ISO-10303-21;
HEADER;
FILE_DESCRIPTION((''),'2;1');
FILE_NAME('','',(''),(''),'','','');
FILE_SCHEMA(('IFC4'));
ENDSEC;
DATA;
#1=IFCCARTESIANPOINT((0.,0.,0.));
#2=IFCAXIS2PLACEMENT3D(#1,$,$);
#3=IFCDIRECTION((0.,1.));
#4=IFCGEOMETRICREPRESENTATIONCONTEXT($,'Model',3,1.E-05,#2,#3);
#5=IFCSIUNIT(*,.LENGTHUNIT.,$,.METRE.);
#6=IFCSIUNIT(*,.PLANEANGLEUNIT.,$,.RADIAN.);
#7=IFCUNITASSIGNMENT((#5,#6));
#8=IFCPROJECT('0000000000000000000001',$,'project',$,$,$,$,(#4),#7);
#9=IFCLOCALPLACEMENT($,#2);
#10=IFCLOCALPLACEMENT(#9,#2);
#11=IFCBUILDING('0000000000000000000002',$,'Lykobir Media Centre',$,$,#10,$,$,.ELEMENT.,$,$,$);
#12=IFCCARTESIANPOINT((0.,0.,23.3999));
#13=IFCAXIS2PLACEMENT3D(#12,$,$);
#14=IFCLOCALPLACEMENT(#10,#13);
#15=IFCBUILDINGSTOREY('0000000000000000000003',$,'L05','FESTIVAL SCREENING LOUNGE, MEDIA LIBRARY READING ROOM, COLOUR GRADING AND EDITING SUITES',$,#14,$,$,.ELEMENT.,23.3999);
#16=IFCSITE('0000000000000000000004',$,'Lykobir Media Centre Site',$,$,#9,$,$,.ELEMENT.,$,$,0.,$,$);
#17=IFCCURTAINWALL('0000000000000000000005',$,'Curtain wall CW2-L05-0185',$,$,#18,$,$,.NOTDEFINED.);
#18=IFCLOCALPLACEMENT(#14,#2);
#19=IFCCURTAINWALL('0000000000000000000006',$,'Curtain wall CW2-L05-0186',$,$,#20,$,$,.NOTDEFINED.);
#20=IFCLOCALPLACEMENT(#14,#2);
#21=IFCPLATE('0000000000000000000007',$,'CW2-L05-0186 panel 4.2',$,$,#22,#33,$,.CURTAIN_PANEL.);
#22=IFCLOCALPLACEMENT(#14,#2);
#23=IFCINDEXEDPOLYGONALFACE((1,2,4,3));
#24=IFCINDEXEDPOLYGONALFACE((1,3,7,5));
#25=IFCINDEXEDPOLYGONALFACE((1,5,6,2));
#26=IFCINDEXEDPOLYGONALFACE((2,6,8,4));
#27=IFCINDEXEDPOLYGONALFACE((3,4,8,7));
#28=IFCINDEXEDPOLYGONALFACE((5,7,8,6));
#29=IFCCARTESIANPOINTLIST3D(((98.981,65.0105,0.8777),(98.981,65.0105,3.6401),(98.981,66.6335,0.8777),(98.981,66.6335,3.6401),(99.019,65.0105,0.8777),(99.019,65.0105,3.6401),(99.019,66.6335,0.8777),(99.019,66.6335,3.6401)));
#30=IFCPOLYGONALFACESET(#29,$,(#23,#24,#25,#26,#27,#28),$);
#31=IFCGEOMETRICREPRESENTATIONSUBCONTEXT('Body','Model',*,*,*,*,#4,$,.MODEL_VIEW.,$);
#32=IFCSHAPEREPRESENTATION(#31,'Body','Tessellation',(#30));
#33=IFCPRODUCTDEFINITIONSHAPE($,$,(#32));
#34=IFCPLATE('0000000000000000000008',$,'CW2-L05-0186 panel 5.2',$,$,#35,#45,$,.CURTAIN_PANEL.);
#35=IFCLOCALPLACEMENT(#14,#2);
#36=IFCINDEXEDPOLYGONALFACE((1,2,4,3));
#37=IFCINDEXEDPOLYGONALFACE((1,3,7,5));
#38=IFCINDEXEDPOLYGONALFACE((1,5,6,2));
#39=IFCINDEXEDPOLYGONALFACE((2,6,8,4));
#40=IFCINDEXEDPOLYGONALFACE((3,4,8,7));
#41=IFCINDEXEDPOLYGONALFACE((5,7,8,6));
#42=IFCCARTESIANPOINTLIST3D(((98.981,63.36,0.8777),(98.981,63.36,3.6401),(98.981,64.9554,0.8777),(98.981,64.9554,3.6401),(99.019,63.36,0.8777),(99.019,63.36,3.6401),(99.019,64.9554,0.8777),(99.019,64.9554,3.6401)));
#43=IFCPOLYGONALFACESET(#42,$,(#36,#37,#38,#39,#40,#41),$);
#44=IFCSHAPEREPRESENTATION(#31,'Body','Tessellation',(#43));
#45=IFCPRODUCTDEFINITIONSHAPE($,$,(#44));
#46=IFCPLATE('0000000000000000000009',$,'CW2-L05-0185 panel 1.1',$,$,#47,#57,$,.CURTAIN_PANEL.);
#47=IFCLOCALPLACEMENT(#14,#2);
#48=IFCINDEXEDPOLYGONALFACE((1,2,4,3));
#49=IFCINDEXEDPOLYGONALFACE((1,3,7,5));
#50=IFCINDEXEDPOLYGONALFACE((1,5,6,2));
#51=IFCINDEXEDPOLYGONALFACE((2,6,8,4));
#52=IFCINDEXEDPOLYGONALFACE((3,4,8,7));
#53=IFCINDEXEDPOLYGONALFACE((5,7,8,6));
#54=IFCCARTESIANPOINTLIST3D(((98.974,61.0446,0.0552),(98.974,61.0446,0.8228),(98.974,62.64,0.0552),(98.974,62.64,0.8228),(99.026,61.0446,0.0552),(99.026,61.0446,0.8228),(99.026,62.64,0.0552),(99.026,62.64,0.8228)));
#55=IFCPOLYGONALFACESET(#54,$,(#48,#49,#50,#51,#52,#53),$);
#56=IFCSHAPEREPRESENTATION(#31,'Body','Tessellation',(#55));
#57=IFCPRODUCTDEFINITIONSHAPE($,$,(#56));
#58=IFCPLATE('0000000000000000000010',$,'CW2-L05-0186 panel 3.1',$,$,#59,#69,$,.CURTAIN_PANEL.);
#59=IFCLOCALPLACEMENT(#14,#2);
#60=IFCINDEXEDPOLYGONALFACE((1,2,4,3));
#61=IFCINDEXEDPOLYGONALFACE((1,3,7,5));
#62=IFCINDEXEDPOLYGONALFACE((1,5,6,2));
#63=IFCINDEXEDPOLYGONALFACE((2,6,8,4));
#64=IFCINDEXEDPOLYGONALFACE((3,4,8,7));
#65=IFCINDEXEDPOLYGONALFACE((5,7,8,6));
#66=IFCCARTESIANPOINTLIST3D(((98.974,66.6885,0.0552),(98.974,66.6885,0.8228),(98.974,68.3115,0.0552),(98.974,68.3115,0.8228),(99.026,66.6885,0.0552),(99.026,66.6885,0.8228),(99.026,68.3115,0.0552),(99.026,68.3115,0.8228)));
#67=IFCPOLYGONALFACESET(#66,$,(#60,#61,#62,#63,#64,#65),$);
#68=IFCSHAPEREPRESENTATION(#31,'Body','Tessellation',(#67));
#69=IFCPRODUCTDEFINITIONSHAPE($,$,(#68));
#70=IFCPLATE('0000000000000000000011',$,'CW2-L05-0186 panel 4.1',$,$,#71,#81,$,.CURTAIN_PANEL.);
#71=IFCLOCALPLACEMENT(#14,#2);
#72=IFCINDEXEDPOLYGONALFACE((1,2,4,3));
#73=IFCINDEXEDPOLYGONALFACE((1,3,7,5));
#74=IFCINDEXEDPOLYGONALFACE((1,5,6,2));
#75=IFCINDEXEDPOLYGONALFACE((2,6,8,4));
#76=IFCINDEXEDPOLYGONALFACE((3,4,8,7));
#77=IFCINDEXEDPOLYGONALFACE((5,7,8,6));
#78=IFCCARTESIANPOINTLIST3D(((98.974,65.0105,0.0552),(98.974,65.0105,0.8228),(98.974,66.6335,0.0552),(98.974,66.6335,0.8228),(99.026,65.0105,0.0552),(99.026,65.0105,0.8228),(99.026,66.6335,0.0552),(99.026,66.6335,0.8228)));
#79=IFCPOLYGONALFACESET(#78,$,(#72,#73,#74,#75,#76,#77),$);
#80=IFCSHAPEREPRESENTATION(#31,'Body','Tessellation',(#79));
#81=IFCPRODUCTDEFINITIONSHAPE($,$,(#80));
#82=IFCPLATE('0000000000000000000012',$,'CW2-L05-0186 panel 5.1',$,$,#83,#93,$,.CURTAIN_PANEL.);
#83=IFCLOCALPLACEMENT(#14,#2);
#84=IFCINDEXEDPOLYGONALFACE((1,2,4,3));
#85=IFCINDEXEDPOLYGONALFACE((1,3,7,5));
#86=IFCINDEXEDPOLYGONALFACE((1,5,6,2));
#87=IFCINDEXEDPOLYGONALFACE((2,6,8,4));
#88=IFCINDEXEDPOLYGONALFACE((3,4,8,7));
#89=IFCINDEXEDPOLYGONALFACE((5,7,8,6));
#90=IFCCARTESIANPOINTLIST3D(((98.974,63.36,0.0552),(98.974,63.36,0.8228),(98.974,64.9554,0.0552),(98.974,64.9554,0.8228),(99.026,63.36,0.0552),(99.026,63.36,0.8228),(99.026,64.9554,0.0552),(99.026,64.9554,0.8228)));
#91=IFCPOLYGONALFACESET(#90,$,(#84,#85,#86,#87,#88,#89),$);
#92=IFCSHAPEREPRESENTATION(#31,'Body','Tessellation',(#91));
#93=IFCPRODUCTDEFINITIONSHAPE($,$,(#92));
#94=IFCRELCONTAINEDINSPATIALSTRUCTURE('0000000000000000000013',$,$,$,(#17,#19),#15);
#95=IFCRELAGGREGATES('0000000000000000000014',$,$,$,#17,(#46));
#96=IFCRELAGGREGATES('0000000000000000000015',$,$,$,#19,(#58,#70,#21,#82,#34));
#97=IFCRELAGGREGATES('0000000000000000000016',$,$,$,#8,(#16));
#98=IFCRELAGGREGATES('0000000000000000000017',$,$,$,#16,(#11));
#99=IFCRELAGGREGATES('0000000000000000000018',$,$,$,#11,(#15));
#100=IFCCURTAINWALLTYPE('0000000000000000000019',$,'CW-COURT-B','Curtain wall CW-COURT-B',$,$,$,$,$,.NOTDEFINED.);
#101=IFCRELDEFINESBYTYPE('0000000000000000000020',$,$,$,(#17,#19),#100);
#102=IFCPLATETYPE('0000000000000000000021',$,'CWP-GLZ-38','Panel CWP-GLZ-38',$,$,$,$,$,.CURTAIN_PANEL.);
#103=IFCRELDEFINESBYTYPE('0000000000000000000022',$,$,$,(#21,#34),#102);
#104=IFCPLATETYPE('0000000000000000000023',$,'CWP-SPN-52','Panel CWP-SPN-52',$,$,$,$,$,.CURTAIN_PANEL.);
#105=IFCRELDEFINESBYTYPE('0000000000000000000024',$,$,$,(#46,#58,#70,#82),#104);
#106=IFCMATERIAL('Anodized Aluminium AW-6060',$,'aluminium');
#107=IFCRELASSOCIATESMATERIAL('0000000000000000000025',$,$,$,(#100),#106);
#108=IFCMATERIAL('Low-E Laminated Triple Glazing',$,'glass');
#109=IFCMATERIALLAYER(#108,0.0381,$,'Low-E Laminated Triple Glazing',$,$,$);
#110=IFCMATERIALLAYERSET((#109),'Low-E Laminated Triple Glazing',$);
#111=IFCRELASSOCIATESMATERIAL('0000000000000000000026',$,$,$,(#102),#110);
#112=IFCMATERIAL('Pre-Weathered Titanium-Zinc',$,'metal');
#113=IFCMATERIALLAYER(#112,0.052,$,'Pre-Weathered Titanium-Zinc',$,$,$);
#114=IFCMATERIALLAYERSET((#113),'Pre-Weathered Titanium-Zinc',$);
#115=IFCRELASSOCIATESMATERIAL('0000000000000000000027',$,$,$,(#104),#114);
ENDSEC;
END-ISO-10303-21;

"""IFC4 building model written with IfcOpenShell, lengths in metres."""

from ifc_helpers import new_model, si_unit, direction, frame, origin, origin_2d, place, context, subcontext, project, spatial, rectangle, extrude, material, layer, layer_set, type_object, element, aggregate, save


model = new_model("IFC4")

# Units and contexts
model_context = context("Model", 3, precision=1e-05, world=origin(), true_north=direction((0.0, 1.0)))
body_context = subcontext(model_context, "Body", "Model", "MODEL_VIEW")
ifc_project = project(units=[si_unit("LENGTHUNIT", "METRE"), si_unit("PLANEANGLEUNIT", "RADIAN")], contexts=[model_context])

# Site, building, storey
site_placement = place(None, origin())
site = spatial("IfcSite", under=ifc_project, at=site_placement, Name="Lykobir Media Centre Site", CompositionType="ELEMENT", RefElevation=0.0)
building_placement = place(site_placement, origin())
building = spatial("IfcBuilding", under=site, at=building_placement, Name="Lykobir Media Centre", CompositionType="ELEMENT")
storey_placement = place(building_placement, frame((0.0, 0.0, 23.3999)))
storey = spatial("IfcBuildingStorey", under=building, at=storey_placement, Name="L05", Description="FESTIVAL SCREENING LOUNGE, MEDIA LIBRARY READING ROOM, COLOUR GRADING AND EDITING SUITES", CompositionType="ELEMENT", Elevation=23.3999)

# Curtain walls
ifc_material_1 = material(Name="Anodized Aluminium AW-6060", Category="aluminium")
curtain_wall_type = type_object("IfcCurtainWallType", Name="CW-COURT-B", Description="Curtain wall CW-COURT-B", PredefinedType="NOTDEFINED", material=ifc_material_1)
curtain_wall_1_placement = place(storey_placement, origin())
curtain_wall_1 = element("IfcCurtainWall", 1, at=curtain_wall_1_placement, inside=storey, type_object=curtain_wall_type, Name="Curtain wall CW2-L05-0185", PredefinedType="NOTDEFINED")
curtain_wall_2_placement = place(storey_placement, origin())
curtain_wall_2 = element("IfcCurtainWall", 2, at=curtain_wall_2_placement, inside=storey, type_object=curtain_wall_type, Name="Curtain wall CW2-L05-0186", PredefinedType="NOTDEFINED")

# Plates
ifc_material_2 = material(Name="Low-E Laminated Triple Glazing", Category="glass")
ifc_layer_1 = layer(ifc_material_2, 0.0381, Name="Low-E Laminated Triple Glazing")
ifc_layer_set_1 = layer_set([ifc_layer_1], Name="Low-E Laminated Triple Glazing")
plate_type_1 = type_object("IfcPlateType", Name="CWP-GLZ-38", Description="Panel CWP-GLZ-38", PredefinedType="CURTAIN_PANEL", material=ifc_layer_set_1)
plate_1_placement = place(storey_placement, frame((99.0, 65.822, 0.8777), z_axis=(0.0, 0.0, 1.0), x_axis=(0.0, -1.0, 0.0)))
plate_1 = element("IfcPlate", 3, at=plate_1_placement, type_object=plate_type_1, Name="CW2-L05-0186 panel 4.2", PredefinedType="CURTAIN_PANEL", context=body_context, shape_type="SweptSolid", body=[
    extrude(rectangle(XDim=1.623, YDim=0.0381, at=origin_2d()), origin(), (0.0, 0.0, 1.0), 2.7625),
])
plate_2_placement = place(storey_placement, frame((99.0, 64.1577, 0.8777), z_axis=(0.0, 0.0, 1.0), x_axis=(0.0, -1.0, 0.0)))
plate_2 = element("IfcPlate", 4, at=plate_2_placement, type_object=plate_type_1, Name="CW2-L05-0186 panel 5.2", PredefinedType="CURTAIN_PANEL", context=body_context, shape_type="SweptSolid", body=[
    extrude(rectangle(XDim=1.5955, YDim=0.0381, at=origin_2d()), origin(), (0.0, 0.0, 1.0), 2.7625),
])
ifc_material_3 = material(Name="Pre-Weathered Titanium-Zinc", Category="metal")
ifc_layer_2 = layer(ifc_material_3, 0.052, Name="Pre-Weathered Titanium-Zinc")
ifc_layer_set_2 = layer_set([ifc_layer_2], Name="Pre-Weathered Titanium-Zinc")
plate_type_2 = type_object("IfcPlateType", Name="CWP-SPN-52", Description="Panel CWP-SPN-52", PredefinedType="CURTAIN_PANEL", material=ifc_layer_set_2)
plate_3_placement = place(storey_placement, frame((99.0, 61.8423, 0.0552), z_axis=(0.0, 0.0, 1.0), x_axis=(0.0, -1.0, 0.0)))
plate_3 = element("IfcPlate", 5, at=plate_3_placement, type_object=plate_type_2, Name="CW2-L05-0185 panel 1.1", PredefinedType="CURTAIN_PANEL", context=body_context, shape_type="SweptSolid", body=[
    extrude(rectangle(XDim=1.5955, YDim=0.052, at=origin_2d()), origin(), (0.0, 0.0, 1.0), 0.7676),
])
aggregate(curtain_wall_1, [plate_3])
plate_4_placement = place(storey_placement, frame((99.0, 67.5, 0.0552), z_axis=(0.0, 0.0, 1.0), x_axis=(0.0, -1.0, 0.0)))
plate_4 = element("IfcPlate", 6, at=plate_4_placement, type_object=plate_type_2, Name="CW2-L05-0186 panel 3.1", PredefinedType="CURTAIN_PANEL", context=body_context, shape_type="SweptSolid", body=[
    extrude(rectangle(XDim=1.623, YDim=0.052, at=origin_2d()), origin(), (0.0, 0.0, 1.0), 0.7676),
])
plate_5_placement = place(storey_placement, frame((99.0, 65.822, 0.0552), z_axis=(0.0, 0.0, 1.0), x_axis=(0.0, -1.0, 0.0)))
plate_5 = element("IfcPlate", 7, at=plate_5_placement, type_object=plate_type_2, Name="CW2-L05-0186 panel 4.1", PredefinedType="CURTAIN_PANEL", context=body_context, shape_type="SweptSolid", body=[
    extrude(rectangle(XDim=1.623, YDim=0.052, at=origin_2d()), origin(), (0.0, 0.0, 1.0), 0.7676),
])
plate_6_placement = place(storey_placement, frame((99.0, 64.1577, 0.0552), z_axis=(0.0, 0.0, 1.0), x_axis=(0.0, -1.0, 0.0)))
plate_6 = element("IfcPlate", 8, at=plate_6_placement, type_object=plate_type_2, Name="CW2-L05-0186 panel 5.1", PredefinedType="CURTAIN_PANEL", context=body_context, shape_type="SweptSolid", body=[
    extrude(rectangle(XDim=1.5955, YDim=0.052, at=origin_2d()), origin(), (0.0, 0.0, 1.0), 0.7676),
])
aggregate(curtain_wall_2, [plate_4, plate_5, plate_1, plate_6, plate_2])

save(model, "model.ifc")
